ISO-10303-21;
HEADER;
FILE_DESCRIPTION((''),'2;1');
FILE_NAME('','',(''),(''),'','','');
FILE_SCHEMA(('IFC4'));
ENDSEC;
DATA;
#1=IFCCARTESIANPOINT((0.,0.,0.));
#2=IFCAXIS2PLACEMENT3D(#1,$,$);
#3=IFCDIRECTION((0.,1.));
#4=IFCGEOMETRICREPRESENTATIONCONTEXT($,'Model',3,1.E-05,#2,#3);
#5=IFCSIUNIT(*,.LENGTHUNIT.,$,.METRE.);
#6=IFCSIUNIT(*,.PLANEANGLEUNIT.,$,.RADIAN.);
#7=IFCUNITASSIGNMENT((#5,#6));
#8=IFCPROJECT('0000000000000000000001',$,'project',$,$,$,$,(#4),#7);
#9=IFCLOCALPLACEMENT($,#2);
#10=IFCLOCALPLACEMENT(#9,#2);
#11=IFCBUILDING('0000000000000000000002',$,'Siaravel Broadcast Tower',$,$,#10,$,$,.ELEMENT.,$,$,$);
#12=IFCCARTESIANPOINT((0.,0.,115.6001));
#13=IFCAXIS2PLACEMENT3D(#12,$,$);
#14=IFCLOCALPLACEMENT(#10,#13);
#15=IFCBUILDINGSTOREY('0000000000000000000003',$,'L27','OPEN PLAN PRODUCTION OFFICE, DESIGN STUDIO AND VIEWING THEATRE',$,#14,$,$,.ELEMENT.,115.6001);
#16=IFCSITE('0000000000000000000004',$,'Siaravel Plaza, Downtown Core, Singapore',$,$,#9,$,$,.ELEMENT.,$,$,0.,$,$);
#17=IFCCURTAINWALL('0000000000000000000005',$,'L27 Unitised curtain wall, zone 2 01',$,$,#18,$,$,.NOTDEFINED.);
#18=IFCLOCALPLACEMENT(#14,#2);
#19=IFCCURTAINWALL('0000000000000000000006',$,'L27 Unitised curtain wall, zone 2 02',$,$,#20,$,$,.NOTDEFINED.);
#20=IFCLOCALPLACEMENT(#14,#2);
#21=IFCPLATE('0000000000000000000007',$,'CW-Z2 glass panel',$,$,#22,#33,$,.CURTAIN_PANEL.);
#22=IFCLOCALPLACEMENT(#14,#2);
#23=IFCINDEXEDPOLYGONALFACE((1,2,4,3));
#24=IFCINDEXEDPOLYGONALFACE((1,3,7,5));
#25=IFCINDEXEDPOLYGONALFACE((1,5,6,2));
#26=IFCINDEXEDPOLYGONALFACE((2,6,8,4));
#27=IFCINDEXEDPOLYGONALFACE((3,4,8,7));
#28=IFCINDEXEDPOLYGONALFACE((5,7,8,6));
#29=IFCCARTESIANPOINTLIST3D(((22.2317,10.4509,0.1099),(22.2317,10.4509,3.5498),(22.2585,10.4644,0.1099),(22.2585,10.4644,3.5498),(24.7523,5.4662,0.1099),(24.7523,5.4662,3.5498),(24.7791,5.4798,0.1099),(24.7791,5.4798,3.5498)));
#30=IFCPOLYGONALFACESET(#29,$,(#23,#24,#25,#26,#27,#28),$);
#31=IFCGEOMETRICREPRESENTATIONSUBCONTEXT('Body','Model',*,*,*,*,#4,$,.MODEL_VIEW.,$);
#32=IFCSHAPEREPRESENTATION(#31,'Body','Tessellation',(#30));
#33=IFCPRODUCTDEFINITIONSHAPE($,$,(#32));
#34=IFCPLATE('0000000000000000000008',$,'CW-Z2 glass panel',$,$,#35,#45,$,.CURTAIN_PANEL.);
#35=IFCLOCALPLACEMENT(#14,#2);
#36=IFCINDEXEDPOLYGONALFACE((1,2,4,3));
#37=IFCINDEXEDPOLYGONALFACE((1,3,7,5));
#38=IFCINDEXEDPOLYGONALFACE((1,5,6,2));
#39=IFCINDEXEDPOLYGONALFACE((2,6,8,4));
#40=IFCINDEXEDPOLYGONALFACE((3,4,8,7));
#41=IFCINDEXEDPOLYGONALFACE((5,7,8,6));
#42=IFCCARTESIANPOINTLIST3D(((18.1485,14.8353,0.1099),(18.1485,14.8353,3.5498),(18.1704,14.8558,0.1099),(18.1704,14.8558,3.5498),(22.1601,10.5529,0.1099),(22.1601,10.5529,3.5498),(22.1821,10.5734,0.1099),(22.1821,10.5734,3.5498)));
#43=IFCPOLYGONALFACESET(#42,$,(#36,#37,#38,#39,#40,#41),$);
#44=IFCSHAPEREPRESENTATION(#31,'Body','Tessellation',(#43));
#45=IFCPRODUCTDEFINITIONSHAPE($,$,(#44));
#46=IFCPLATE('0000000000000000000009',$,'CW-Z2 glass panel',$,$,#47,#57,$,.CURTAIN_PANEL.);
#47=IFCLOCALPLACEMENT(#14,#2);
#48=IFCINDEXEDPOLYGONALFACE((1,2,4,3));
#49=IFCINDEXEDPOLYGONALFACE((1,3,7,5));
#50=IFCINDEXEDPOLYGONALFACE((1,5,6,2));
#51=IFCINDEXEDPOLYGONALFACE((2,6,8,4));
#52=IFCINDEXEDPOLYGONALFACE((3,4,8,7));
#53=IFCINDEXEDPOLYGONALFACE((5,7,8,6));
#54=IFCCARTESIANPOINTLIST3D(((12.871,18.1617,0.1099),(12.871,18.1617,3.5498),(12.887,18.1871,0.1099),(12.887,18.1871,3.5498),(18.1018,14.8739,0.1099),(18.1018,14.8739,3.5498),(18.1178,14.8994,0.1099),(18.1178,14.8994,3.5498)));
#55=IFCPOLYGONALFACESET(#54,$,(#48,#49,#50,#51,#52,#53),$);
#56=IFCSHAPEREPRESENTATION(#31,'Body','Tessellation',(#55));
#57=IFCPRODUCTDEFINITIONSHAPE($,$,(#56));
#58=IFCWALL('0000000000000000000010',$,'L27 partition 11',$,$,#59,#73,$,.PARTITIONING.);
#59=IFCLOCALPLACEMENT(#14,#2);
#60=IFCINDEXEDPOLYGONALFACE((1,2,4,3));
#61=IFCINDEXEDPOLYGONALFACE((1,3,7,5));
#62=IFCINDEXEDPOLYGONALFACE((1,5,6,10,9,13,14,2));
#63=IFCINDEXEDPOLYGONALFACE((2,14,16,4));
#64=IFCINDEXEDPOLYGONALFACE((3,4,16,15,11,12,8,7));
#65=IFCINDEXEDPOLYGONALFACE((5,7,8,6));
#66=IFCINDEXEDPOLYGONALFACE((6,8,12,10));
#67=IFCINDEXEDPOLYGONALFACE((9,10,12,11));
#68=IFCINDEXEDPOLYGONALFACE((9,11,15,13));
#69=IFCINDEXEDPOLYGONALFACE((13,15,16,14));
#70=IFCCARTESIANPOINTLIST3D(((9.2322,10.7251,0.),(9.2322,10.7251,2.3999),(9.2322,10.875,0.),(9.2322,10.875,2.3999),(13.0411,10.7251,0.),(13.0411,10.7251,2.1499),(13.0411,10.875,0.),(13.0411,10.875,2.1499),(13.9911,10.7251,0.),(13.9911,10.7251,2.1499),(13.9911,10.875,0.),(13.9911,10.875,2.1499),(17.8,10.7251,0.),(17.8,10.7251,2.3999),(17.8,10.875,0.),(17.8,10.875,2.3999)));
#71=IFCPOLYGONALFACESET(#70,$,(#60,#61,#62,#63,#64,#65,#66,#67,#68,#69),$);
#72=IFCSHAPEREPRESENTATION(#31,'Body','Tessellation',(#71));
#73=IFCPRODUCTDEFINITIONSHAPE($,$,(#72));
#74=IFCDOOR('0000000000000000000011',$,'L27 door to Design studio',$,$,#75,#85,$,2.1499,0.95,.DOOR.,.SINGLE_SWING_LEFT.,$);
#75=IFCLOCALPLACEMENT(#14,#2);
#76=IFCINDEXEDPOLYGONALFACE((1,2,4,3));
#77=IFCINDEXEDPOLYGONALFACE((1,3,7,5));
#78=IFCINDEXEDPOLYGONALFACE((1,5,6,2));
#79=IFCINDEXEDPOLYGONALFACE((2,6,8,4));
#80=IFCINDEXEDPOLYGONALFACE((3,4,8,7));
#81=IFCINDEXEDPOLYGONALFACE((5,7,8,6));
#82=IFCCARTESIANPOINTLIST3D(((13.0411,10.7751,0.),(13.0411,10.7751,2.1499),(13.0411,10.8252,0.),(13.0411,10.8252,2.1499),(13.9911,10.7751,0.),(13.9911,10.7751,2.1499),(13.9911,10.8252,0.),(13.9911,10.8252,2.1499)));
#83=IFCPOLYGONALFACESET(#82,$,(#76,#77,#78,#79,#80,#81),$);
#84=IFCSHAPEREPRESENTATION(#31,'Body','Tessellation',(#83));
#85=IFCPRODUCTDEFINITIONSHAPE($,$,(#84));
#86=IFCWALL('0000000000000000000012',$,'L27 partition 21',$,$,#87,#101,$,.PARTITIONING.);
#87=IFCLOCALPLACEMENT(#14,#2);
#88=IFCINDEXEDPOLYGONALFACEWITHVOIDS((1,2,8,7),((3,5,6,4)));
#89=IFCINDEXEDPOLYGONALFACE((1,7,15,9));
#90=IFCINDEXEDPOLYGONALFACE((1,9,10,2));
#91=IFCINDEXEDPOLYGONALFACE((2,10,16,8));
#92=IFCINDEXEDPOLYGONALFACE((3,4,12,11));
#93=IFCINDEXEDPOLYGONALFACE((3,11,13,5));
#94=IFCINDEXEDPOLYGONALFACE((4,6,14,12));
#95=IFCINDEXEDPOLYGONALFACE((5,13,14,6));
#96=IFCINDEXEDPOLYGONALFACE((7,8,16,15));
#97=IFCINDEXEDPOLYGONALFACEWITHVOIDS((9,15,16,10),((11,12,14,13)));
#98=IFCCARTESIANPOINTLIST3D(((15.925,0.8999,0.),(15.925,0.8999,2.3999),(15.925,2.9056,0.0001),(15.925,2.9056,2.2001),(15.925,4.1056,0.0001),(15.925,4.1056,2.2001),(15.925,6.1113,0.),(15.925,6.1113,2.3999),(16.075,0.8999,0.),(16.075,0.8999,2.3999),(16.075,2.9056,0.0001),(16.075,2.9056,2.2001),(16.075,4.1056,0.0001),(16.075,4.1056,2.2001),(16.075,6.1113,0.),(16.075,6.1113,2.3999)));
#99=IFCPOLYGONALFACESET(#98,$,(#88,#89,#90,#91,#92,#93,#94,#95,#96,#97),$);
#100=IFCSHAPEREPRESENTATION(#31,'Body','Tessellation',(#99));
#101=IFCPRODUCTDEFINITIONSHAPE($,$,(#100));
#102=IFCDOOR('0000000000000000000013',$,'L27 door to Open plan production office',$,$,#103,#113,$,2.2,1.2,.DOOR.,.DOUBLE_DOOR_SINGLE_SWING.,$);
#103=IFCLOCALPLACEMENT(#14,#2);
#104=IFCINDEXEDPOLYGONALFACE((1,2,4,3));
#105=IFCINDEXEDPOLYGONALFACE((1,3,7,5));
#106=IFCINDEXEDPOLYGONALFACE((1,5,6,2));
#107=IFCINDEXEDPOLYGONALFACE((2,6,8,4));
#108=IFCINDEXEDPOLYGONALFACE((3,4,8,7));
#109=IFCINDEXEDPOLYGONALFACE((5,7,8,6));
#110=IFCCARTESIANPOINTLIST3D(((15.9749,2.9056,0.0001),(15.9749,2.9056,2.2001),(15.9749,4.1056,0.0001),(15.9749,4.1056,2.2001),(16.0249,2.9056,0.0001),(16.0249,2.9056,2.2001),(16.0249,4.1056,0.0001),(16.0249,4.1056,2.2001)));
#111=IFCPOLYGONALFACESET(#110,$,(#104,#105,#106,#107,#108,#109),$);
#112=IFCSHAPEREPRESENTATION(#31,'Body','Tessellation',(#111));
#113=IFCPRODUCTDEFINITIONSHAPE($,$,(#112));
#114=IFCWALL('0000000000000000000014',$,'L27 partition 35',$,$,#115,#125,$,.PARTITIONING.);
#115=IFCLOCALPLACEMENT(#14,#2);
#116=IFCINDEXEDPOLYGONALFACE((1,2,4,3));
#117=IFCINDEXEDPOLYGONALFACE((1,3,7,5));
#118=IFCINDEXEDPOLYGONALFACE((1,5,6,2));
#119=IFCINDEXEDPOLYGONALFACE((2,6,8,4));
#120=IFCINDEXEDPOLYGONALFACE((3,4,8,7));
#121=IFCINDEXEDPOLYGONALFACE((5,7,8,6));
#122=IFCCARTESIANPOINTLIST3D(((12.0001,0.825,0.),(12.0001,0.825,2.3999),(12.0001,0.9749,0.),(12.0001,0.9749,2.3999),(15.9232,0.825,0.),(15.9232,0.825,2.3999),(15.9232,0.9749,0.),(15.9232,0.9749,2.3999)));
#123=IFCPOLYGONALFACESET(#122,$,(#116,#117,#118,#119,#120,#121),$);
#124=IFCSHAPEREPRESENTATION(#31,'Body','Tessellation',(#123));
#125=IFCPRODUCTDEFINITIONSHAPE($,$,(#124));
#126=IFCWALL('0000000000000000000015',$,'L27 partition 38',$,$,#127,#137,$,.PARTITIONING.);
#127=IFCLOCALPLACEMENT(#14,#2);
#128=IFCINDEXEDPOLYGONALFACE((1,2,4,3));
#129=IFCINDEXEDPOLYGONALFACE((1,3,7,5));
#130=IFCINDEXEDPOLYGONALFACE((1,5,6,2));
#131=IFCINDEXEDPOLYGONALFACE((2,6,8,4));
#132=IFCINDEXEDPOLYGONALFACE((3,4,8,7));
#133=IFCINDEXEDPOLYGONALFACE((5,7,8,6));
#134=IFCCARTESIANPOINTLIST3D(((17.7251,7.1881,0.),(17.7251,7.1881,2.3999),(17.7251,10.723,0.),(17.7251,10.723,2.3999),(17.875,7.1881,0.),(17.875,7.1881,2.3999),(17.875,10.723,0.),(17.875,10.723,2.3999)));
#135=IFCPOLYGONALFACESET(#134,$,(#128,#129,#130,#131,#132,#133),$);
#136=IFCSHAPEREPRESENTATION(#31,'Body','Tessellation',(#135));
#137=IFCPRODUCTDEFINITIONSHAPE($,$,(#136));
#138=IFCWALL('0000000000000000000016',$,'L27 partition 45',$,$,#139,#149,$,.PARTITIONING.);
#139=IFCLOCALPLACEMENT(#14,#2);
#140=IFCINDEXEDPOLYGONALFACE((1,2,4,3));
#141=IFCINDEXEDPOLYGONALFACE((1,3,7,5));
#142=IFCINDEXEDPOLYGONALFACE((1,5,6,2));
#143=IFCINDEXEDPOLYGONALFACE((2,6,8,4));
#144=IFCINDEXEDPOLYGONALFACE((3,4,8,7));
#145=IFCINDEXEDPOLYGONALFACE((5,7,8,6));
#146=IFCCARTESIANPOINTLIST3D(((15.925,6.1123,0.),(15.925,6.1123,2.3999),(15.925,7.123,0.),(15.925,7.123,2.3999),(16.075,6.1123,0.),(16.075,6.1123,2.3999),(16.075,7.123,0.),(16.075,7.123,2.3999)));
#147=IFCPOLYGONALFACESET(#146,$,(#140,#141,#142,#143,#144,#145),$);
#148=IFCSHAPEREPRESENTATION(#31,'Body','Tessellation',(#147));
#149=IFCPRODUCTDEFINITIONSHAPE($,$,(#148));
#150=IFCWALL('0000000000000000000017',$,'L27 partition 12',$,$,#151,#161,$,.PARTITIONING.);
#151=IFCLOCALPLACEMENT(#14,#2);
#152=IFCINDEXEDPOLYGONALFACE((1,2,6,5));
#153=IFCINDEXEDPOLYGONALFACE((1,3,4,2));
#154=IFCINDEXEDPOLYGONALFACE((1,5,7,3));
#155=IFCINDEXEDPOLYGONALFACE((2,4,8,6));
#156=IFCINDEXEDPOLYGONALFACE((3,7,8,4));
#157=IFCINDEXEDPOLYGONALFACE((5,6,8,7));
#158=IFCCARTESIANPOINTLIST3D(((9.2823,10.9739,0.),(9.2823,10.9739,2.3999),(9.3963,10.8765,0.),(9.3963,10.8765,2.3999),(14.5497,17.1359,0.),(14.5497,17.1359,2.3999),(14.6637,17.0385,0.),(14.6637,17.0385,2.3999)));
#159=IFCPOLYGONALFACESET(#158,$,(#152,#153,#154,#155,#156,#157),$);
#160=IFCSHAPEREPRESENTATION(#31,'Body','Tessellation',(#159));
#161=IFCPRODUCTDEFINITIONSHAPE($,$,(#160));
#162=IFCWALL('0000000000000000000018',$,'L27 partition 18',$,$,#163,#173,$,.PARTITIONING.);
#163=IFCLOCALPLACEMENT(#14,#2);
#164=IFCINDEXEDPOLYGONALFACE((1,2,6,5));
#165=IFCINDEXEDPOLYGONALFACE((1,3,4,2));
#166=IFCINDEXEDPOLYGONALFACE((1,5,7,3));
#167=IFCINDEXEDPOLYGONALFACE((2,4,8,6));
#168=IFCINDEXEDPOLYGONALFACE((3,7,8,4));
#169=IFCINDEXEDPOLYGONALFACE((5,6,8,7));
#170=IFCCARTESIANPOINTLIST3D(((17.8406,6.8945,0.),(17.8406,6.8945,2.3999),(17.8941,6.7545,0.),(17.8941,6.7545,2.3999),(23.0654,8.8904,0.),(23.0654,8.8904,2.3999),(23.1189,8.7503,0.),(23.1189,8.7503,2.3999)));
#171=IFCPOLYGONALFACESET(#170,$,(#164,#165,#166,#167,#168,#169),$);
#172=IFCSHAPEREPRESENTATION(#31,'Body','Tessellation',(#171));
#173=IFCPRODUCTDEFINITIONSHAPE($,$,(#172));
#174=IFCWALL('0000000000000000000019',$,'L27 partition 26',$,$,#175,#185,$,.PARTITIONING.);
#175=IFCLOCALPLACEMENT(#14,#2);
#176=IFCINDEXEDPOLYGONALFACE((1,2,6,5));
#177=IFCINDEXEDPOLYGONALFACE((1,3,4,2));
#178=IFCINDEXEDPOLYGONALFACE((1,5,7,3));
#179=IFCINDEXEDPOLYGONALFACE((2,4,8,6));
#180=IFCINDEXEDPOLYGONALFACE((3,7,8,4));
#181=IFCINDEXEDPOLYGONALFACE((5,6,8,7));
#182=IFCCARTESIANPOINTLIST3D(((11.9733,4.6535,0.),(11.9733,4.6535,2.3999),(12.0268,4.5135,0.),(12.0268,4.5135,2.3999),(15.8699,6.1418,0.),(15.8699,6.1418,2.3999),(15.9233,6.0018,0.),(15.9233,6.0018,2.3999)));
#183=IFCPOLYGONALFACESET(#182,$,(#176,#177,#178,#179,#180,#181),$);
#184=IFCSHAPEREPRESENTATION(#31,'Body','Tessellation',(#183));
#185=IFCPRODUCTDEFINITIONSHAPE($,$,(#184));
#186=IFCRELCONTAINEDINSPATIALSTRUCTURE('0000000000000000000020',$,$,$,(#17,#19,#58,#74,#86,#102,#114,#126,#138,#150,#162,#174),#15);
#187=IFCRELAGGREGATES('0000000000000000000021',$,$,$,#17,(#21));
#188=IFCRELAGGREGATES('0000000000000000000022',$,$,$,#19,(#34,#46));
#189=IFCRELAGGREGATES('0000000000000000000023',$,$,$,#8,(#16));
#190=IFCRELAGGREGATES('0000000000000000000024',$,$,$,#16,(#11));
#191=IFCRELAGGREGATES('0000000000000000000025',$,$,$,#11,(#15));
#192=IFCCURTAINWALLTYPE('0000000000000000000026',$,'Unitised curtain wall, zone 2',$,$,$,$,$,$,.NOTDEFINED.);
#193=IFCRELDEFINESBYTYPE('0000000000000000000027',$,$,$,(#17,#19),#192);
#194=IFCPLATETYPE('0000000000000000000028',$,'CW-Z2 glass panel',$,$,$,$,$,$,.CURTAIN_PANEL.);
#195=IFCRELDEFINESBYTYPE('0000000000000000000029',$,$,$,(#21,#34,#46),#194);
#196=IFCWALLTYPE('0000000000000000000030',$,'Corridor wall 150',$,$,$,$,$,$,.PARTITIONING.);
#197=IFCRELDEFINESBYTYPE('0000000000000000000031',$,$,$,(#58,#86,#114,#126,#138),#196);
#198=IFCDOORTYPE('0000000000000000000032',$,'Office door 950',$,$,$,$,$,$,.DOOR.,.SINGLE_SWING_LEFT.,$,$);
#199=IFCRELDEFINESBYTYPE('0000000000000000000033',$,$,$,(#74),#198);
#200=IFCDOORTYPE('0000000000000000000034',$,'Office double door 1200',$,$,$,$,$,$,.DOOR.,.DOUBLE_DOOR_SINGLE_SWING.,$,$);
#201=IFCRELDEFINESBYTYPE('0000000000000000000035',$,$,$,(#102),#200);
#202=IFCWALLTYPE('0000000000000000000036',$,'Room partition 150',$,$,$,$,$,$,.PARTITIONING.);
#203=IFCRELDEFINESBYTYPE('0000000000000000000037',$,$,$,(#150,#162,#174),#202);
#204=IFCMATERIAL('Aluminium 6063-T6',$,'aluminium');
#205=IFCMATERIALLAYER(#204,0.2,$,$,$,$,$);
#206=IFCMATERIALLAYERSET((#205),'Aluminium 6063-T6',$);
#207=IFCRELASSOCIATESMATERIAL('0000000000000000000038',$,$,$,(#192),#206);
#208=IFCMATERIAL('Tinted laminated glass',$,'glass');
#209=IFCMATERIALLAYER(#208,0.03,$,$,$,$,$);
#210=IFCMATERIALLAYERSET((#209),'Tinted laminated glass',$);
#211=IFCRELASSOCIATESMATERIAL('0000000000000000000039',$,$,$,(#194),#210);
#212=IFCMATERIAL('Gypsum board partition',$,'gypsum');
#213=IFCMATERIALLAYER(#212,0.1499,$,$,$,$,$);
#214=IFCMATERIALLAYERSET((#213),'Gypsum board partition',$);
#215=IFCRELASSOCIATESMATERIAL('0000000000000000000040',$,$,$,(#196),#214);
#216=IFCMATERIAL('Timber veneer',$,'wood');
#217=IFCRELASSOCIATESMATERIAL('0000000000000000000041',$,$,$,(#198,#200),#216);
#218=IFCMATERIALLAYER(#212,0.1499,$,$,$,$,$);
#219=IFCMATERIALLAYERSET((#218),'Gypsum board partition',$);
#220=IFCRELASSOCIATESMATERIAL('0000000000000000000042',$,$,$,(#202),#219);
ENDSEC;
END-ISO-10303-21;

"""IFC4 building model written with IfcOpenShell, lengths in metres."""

from ifc_helpers import new_model, si_unit, direction, frame, frame_2d, origin, origin_2d, place, context, subcontext, project, spatial, rectangle, extrude, material, layer, layer_set, type_object, element, fill, aggregate, save


model = new_model("IFC4")

# Units and contexts
model_context = context("Model", 3, precision=1e-05, world=origin(), true_north=direction((0.0, 1.0)))
body_context = subcontext(model_context, "Body", "Model", "MODEL_VIEW")
ifc_project = project(units=[si_unit("LENGTHUNIT", "METRE"), si_unit("PLANEANGLEUNIT", "RADIAN")], contexts=[model_context])

# Site, building, storey
site_placement = place(None, origin())
site = spatial("IfcSite", under=ifc_project, at=site_placement, Name="Siaravel Plaza, Downtown Core, Singapore", CompositionType="ELEMENT", RefElevation=0.0)
building_placement = place(site_placement, origin())
building = spatial("IfcBuilding", under=site, at=building_placement, Name="Siaravel Broadcast Tower", CompositionType="ELEMENT")
storey_placement = place(building_placement, frame((0.0, 0.0, 115.6001)))
storey = spatial("IfcBuildingStorey", under=building, at=storey_placement, Name="L27", Description="OPEN PLAN PRODUCTION OFFICE, DESIGN STUDIO AND VIEWING THEATRE", CompositionType="ELEMENT", Elevation=115.6001)

# Curtain walls
ifc_material_1 = material(Name="Aluminium 6063-T6", Category="aluminium")
ifc_layer_1 = layer(ifc_material_1, 0.2)
ifc_layer_set_1 = layer_set([ifc_layer_1], Name="Aluminium 6063-T6")
curtain_wall_type = type_object("IfcCurtainWallType", Name="Unitised curtain wall, zone 2", PredefinedType="NOTDEFINED", material=ifc_layer_set_1)
curtain_wall_1_placement = place(storey_placement, origin())
curtain_wall_1 = element("IfcCurtainWall", 1, at=curtain_wall_1_placement, inside=storey, type_object=curtain_wall_type, Name="L27 Unitised curtain wall, zone 2 01", PredefinedType="NOTDEFINED")
curtain_wall_2_placement = place(storey_placement, origin())
curtain_wall_2 = element("IfcCurtainWall", 2, at=curtain_wall_2_placement, inside=storey, type_object=curtain_wall_type, Name="L27 Unitised curtain wall, zone 2 02", PredefinedType="NOTDEFINED")

# Plates
ifc_material_2 = material(Name="Tinted laminated glass", Category="glass")
ifc_layer_2 = layer(ifc_material_2, 0.03)
ifc_layer_set_2 = layer_set([ifc_layer_2], Name="Tinted laminated glass")
plate_type = type_object("IfcPlateType", Name="CW-Z2 glass panel", PredefinedType="CURTAIN_PANEL", material=ifc_layer_set_2)
plate_1_placement = place(storey_placement, frame((23.5054, 7.9653, 0.1099), z_axis=(0.0, 0.0, 1.0), x_axis=(-0.451261, 0.892392, 0.0)))
plate_1 = element("IfcPlate", 3, at=plate_1_placement, type_object=plate_type, Name="CW-Z2 glass panel", PredefinedType="CURTAIN_PANEL", context=body_context, shape_type="SweptSolid", body=[
    extrude(rectangle(XDim=5.5857, YDim=0.03, at=origin_2d()), origin(), (0.0, 0.0, 1.0), 3.4399),
])
aggregate(curtain_wall_1, [plate_1])
plate_2_placement = place(storey_placement, frame((20.1653, 12.7043, 0.1099), z_axis=(0.0, 0.0, 1.0), x_axis=(-0.683655, 0.729805, 0.0)))
plate_2 = element("IfcPlate", 4, at=plate_2_placement, type_object=plate_type, Name="CW-Z2 glass panel", PredefinedType="CURTAIN_PANEL", context=body_context, shape_type="SweptSolid", body=[
    extrude(rectangle(XDim=5.8679, YDim=0.03, at=origin_2d()), origin(), (0.0, 0.0, 1.0), 3.4399),
])
plate_3_placement = place(storey_placement, frame((15.4944, 16.5305, 0.1099), z_axis=(0.0, 0.0, 1.0), x_axis=(-0.846651, 0.532149, 0.0)))
plate_3 = element("IfcPlate", 5, at=plate_3_placement, type_object=plate_type, Name="CW-Z2 glass panel", PredefinedType="CURTAIN_PANEL", context=body_context, shape_type="SweptSolid", body=[
    extrude(rectangle(XDim=6.1782, YDim=0.03, at=origin_2d()), origin(), (0.0, 0.0, 1.0), 3.4399),
])
aggregate(curtain_wall_2, [plate_2, plate_3])

# Walls, openings, doors
ifc_material_3 = material(Name="Gypsum board partition", Category="gypsum")
ifc_layer_3 = layer(ifc_material_3, 0.1499)
ifc_layer_set_3 = layer_set([ifc_layer_3], Name="Gypsum board partition")
wall_type_1 = type_object("IfcWallType", Name="Corridor wall 150", PredefinedType="PARTITIONING", material=ifc_layer_set_3)
wall_1_placement = place(storey_placement, frame((17.8, 10.8, 0.0), z_axis=(0.0, 0.0, 1.0), x_axis=(-1.0, 0.0, 0.0)))
wall_1 = element("IfcWall", 6, at=wall_1_placement, inside=storey, type_object=wall_type_1, Name="L27 partition 11", PredefinedType="PARTITIONING", context=body_context, shape_type="SweptSolid", body=[
    extrude(rectangle(XDim=8.5679, YDim=0.1499, at=frame_2d((4.2839, 0.0))), origin(), (0.0, 0.0, 1.0), 2.3999),
])
opening_1_placement = place(wall_1_placement, frame((3.8088, 0.0, 0.0)))
opening_1 = element("IfcOpeningElement", 7, at=opening_1_placement, cuts=wall_1, PredefinedType="OPENING", context=body_context, shape_type="SweptSolid", body=[
    extrude(rectangle(XDim=0.95, YDim=2.1499, at=frame_2d((0.4751, 1.075))), frame((0.0, 0.085, 0.0), z_axis=(0.0, -1.0, 0.0), x_axis=(1.0, 0.0, 0.0)), (0.0, 0.0, 1.0), 0.1699),
])
ifc_material_4 = material(Name="Timber veneer", Category="wood")
door_type_1 = type_object("IfcDoorType", Name="Office door 950", OperationType="SINGLE_SWING_LEFT", PredefinedType="DOOR", material=ifc_material_4)
door_1_placement = place(opening_1_placement, origin())
door_1 = element("IfcDoor", 8, at=door_1_placement, inside=storey, type_object=door_type_1, Name="L27 door to Design studio", OperationType="SINGLE_SWING_LEFT", OverallHeight=2.1499, OverallWidth=0.95, PredefinedType="DOOR", context=body_context, shape_type="SweptSolid", body=[
    extrude(rectangle(XDim=0.95, YDim=2.1499, at=frame_2d((0.4751, 1.075))), frame((0.0, 0.0249, 0.0), z_axis=(0.0, -1.0, 0.0), x_axis=(1.0, 0.0, 0.0)), (0.0, 0.0, 1.0), 0.05),
])
fill(opening_1, door_1)
wall_2_placement = place(storey_placement, frame((16.0, 6.1113, 0.0), z_axis=(0.0, 0.0, 1.0), x_axis=(0.0, -1.0, 0.0)))
wall_2 = element("IfcWall", 9, at=wall_2_placement, inside=storey, type_object=wall_type_1, Name="L27 partition 21", PredefinedType="PARTITIONING", context=body_context, shape_type="SweptSolid", body=[
    extrude(rectangle(XDim=5.2114, YDim=0.1499, at=frame_2d((2.6057, 0.0))), origin(), (0.0, 0.0, 1.0), 2.3999),
])
opening_2_placement = place(wall_2_placement, frame((2.0056, 0.0, 0.0)))
opening_2 = element("IfcOpeningElement", 10, at=opening_2_placement, cuts=wall_2, PredefinedType="OPENING", context=body_context, shape_type="SweptSolid", body=[
    extrude(rectangle(XDim=1.2, YDim=2.2, at=frame_2d((0.6001, 1.1001))), frame((0.0, 0.085, 0.0), z_axis=(0.0, -1.0, 0.0), x_axis=(1.0, 0.0, 0.0)), (0.0, 0.0, 1.0), 0.1699),
])
door_type_2 = type_object("IfcDoorType", Name="Office double door 1200", OperationType="DOUBLE_DOOR_SINGLE_SWING", PredefinedType="DOOR", material=ifc_material_4)
door_2_placement = place(opening_2_placement, origin())
door_2 = element("IfcDoor", 11, at=door_2_placement, inside=storey, type_object=door_type_2, Name="L27 door to Open plan production office", OperationType="DOUBLE_DOOR_SINGLE_SWING", OverallHeight=2.2, OverallWidth=1.2, PredefinedType="DOOR", context=body_context, shape_type="SweptSolid", body=[
    extrude(rectangle(XDim=1.2, YDim=2.2, at=frame_2d((0.6001, 1.1001))), frame((0.0, 0.0249, 0.0), z_axis=(0.0, -1.0, 0.0), x_axis=(1.0, 0.0, 0.0)), (0.0, 0.0, 1.0), 0.05),
])
fill(opening_2, door_2)

# Walls
wall_3_placement = place(storey_placement, frame((15.9231, 0.8999, 0.0), z_axis=(0.0, 0.0, 1.0), x_axis=(-1.0, 0.0, 0.0)))
element("IfcWall", 12, at=wall_3_placement, inside=storey, type_object=wall_type_1, Name="L27 partition 35", PredefinedType="PARTITIONING", context=body_context, shape_type="SweptSolid", body=[
    extrude(rectangle(XDim=3.9231, YDim=0.1499, at=frame_2d((1.9614, 0.0))), origin(), (0.0, 0.0, 1.0), 2.3999),
])
wall_4_placement = place(storey_placement, frame((17.8, 7.188, 0.0), z_axis=(0.0, 0.0, 1.0), x_axis=(0.0, 1.0, 0.0)))
element("IfcWall", 13, at=wall_4_placement, inside=storey, type_object=wall_type_1, Name="L27 partition 38", PredefinedType="PARTITIONING", context=body_context, shape_type="SweptSolid", body=[
    extrude(rectangle(XDim=3.5349, YDim=0.1499, at=frame_2d((1.7676, 0.0))), origin(), (0.0, 0.0, 1.0), 2.3999),
])
wall_5_placement = place(storey_placement, frame((16.0, 7.123, 0.0), z_axis=(0.0, 0.0, 1.0), x_axis=(0.0, -1.0, 0.0)))
element("IfcWall", 14, at=wall_5_placement, inside=storey, type_object=wall_type_1, Name="L27 partition 45", PredefinedType="PARTITIONING", context=body_context, shape_type="SweptSolid", body=[
    extrude(rectangle(XDim=1.0107, YDim=0.1499, at=frame_2d((0.5054, 0.0))), origin(), (0.0, 0.0, 1.0), 2.3999),
])
ifc_layer_4 = layer(ifc_material_3, 0.1499)
ifc_layer_set_4 = layer_set([ifc_layer_4], Name="Gypsum board partition")
wall_type_2 = type_object("IfcWallType", Name="Room partition 150", PredefinedType="PARTITIONING", material=ifc_layer_set_4)
wall_6_placement = place(storey_placement, frame((14.6067, 17.0872, 0.0), z_axis=(0.0, 0.0, 1.0), x_axis=(-0.649776, -0.760125, 0.0)))
element("IfcWall", 15, at=wall_6_placement, inside=storey, type_object=wall_type_2, Name="L27 partition 12", PredefinedType="PARTITIONING", context=body_context, shape_type="SweptSolid", body=[
    extrude(rectangle(XDim=8.1064, YDim=0.1499, at=frame_2d((4.0532, 0.0))), origin(), (0.0, 0.0, 1.0), 2.3999),
])
wall_7_placement = place(storey_placement, frame((23.092, 8.8203, 0.0), z_axis=(0.0, 0.0, 1.0), x_axis=(-0.934164, -0.356843, 0.0)))
element("IfcWall", 16, at=wall_7_placement, inside=storey, type_object=wall_type_2, Name="L27 partition 18", PredefinedType="PARTITIONING", context=body_context, shape_type="SweptSolid", body=[
    extrude(rectangle(XDim=5.593, YDim=0.1499, at=frame_2d((2.7964, 0.0))), origin(), (0.0, 0.0, 1.0), 2.3999),
])
wall_8_placement = place(storey_placement, frame((15.8965, 6.0718, 0.0), z_axis=(0.0, 0.0, 1.0), x_axis=(-0.934176, -0.356813, 0.0)))
element("IfcWall", 17, at=wall_8_placement, inside=storey, type_object=wall_type_2, Name="L27 partition 26", PredefinedType="PARTITIONING", context=body_context, shape_type="SweptSolid", body=[
    extrude(rectangle(XDim=4.1711, YDim=0.1499, at=frame_2d((2.0854, 0.0))), origin(), (0.0, 0.0, 1.0), 2.3999),
])

save(model, "model.ifc")
